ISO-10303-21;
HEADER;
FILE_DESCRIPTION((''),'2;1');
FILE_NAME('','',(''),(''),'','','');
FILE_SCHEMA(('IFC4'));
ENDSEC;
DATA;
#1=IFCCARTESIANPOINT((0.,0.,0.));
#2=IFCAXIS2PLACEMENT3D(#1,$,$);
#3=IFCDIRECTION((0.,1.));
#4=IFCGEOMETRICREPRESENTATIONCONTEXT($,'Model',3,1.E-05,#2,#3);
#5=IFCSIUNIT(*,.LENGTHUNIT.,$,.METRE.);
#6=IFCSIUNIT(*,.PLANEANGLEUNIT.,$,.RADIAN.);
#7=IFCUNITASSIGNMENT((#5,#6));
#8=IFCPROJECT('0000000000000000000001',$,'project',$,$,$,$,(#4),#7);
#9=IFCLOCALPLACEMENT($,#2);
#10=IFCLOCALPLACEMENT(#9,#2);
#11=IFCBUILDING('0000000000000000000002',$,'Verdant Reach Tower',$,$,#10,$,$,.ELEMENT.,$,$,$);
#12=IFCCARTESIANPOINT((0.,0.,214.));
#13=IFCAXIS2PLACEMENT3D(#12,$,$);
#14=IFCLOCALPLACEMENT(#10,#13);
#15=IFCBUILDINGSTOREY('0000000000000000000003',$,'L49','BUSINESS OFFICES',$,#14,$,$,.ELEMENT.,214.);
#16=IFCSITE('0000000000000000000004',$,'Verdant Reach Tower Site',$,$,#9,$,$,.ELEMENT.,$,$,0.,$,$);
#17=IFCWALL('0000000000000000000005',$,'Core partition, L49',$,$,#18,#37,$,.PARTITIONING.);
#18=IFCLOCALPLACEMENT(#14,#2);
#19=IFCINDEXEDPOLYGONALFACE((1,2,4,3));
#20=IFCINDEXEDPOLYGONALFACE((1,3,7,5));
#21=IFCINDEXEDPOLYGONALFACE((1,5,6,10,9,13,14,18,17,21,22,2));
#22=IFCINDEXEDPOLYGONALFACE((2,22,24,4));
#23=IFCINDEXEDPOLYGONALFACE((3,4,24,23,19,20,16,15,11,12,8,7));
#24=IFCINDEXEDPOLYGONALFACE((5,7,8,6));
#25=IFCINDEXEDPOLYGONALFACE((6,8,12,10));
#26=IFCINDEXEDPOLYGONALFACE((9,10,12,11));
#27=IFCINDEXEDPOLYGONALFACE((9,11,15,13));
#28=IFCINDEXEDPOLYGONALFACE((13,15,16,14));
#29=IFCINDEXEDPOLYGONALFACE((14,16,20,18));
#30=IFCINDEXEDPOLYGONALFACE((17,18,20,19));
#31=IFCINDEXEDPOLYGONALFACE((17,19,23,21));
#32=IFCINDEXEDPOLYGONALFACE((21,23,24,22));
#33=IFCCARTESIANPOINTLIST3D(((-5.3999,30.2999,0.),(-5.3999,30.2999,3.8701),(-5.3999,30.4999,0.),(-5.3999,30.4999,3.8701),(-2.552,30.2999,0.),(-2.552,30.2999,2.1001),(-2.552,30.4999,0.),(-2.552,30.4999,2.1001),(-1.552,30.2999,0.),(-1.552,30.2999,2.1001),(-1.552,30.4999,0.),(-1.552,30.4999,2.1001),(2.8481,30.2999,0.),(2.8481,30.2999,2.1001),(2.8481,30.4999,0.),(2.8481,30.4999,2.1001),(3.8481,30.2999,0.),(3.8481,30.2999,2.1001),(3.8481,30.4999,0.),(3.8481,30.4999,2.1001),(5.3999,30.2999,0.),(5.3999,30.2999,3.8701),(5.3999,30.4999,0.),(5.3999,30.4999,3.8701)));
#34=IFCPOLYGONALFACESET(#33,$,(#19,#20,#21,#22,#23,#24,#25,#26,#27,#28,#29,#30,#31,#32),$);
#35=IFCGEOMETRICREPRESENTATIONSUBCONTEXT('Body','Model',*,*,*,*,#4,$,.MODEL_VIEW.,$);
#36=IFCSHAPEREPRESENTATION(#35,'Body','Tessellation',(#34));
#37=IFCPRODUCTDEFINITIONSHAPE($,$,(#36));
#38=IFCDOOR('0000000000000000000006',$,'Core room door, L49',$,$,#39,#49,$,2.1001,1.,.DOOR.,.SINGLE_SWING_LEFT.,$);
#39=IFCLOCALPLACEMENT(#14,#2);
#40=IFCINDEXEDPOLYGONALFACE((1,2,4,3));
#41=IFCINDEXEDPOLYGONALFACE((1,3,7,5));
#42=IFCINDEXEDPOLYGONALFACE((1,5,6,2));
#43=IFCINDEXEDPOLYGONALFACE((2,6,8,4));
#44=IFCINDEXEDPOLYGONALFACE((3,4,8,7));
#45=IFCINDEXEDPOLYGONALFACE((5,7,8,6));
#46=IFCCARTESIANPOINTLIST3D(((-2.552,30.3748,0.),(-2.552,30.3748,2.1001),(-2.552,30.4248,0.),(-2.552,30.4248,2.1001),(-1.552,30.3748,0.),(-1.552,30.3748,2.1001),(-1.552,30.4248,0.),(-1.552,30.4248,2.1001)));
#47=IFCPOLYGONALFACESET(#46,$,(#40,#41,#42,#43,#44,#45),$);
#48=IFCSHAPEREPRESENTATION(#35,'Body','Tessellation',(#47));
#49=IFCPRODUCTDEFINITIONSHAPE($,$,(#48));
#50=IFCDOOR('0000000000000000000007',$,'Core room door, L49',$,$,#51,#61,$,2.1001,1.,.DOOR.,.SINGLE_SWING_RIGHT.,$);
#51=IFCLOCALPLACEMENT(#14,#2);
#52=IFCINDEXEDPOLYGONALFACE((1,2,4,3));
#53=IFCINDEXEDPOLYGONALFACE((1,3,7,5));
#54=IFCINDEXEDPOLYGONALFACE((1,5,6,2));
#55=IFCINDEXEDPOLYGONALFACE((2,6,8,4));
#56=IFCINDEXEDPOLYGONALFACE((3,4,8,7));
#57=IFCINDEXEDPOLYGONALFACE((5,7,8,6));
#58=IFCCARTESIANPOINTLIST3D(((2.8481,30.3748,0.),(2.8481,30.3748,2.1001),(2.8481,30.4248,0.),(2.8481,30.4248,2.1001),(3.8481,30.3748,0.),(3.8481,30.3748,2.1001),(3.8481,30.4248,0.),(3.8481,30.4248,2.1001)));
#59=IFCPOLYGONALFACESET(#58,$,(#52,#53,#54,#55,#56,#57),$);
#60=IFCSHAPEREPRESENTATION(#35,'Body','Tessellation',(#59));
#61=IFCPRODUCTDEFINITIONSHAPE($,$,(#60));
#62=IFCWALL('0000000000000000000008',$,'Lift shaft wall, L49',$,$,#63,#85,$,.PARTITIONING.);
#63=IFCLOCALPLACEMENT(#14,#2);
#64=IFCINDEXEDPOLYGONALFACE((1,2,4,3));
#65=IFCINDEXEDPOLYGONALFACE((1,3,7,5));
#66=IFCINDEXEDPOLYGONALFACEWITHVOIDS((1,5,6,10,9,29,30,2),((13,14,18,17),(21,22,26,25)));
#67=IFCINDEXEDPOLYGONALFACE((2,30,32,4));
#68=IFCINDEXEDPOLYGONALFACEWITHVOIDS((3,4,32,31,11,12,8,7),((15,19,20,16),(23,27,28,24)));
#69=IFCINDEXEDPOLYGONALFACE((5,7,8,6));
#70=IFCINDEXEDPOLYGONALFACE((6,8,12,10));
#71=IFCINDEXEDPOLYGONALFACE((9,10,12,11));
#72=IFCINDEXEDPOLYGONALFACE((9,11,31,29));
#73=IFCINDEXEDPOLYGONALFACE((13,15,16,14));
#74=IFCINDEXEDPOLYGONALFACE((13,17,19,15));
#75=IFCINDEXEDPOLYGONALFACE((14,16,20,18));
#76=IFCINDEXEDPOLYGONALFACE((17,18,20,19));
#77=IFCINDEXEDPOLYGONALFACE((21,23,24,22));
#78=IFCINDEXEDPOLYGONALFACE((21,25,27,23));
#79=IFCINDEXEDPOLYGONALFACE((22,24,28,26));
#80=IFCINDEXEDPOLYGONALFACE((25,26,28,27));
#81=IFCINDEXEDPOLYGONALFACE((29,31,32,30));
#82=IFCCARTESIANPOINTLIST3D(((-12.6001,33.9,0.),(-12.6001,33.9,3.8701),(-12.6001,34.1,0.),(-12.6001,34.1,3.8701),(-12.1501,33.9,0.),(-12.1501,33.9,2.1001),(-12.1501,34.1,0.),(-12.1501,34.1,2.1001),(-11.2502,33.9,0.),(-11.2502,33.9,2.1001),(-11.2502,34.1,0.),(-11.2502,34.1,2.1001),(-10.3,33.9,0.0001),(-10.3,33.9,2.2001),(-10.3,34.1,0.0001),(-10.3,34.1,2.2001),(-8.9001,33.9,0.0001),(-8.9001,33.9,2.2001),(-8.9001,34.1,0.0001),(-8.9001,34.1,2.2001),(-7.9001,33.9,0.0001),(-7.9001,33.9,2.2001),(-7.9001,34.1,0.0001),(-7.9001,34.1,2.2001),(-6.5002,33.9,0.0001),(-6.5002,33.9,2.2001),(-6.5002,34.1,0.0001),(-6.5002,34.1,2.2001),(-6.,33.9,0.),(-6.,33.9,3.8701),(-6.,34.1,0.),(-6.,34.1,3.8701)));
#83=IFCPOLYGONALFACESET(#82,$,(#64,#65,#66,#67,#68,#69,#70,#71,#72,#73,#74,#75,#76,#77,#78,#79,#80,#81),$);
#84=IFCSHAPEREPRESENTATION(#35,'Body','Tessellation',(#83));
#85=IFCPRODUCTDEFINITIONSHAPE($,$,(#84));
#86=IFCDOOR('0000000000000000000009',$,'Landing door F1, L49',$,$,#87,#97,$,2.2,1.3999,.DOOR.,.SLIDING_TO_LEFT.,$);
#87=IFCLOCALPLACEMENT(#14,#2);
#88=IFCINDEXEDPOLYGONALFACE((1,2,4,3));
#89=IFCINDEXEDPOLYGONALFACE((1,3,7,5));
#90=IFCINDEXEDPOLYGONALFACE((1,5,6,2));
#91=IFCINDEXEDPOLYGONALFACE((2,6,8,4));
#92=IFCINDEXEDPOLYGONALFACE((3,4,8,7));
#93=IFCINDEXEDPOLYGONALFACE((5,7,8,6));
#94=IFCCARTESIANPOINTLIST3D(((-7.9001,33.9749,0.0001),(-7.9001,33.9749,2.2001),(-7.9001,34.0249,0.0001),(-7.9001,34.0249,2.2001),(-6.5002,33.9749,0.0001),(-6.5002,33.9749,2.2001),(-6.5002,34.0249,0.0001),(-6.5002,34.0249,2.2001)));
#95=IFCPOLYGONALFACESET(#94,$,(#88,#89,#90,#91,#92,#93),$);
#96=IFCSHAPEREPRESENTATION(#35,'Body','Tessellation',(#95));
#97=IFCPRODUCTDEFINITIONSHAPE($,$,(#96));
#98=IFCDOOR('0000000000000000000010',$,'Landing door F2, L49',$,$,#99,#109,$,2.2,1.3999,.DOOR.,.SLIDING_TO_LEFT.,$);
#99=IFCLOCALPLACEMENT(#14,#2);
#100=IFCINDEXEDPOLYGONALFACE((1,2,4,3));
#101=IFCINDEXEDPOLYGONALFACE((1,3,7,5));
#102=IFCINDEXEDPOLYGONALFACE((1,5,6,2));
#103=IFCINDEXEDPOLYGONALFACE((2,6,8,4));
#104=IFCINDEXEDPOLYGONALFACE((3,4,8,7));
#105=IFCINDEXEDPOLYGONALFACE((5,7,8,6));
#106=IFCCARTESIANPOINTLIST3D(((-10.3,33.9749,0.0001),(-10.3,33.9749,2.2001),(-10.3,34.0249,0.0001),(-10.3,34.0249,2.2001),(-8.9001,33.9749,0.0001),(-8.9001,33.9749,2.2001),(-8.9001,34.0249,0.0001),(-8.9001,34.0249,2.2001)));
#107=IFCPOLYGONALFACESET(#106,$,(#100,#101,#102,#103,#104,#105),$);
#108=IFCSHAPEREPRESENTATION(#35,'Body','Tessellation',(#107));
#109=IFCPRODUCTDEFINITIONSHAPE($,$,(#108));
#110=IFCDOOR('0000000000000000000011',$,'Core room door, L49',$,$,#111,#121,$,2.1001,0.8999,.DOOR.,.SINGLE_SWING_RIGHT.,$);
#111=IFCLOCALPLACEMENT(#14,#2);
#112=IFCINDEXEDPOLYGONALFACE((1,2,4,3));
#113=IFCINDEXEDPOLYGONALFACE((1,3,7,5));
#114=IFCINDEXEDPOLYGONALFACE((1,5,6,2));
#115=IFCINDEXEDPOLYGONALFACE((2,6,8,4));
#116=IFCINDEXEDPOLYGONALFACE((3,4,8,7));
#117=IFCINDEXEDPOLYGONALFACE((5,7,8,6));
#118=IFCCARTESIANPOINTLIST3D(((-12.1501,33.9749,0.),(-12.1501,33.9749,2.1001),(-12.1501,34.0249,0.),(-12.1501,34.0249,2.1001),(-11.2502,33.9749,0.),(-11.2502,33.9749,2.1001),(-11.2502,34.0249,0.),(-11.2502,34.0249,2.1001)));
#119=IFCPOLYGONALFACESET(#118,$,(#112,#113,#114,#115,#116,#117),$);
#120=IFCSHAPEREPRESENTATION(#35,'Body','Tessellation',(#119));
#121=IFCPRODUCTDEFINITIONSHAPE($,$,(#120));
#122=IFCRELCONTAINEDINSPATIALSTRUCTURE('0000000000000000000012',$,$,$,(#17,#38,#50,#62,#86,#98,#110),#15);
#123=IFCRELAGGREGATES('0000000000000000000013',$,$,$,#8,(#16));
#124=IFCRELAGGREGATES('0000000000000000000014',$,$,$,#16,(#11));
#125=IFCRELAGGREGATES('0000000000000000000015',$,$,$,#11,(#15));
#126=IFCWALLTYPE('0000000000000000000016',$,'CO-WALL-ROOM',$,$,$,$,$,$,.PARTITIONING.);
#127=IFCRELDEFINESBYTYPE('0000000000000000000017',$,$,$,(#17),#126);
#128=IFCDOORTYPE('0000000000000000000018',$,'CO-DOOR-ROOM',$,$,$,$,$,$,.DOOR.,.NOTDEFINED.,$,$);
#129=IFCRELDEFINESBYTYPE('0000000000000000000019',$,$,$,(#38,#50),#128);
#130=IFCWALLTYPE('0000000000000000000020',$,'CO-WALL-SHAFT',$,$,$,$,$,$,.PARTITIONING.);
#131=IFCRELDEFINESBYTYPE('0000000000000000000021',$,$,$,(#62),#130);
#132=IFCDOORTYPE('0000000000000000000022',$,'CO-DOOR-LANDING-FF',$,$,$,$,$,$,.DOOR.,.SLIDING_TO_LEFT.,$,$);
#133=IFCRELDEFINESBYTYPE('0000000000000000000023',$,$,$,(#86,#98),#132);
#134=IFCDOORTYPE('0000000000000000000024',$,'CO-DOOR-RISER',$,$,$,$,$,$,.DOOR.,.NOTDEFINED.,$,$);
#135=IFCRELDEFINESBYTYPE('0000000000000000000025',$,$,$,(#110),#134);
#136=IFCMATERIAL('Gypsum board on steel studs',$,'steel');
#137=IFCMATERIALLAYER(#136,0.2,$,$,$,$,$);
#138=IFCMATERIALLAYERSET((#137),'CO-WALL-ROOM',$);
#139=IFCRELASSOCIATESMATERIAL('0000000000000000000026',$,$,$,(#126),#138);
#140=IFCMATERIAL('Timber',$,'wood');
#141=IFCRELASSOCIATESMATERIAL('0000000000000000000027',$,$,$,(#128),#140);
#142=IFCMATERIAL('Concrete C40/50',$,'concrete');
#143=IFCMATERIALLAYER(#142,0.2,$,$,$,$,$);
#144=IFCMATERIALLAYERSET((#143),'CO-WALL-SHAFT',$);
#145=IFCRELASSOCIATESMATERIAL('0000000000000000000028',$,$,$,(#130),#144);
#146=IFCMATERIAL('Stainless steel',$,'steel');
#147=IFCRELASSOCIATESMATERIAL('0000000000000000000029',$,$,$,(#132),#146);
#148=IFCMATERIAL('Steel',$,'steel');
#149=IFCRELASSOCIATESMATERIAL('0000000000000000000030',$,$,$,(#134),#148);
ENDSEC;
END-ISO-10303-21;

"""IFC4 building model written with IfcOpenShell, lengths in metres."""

from ifc_helpers import new_model, si_unit, direction, frame, frame_2d, origin, place, context, subcontext, project, spatial, rectangle, extrude, material, layer, layer_set, type_object, element, fill, save


model = new_model("IFC4")

# Units and contexts
model_context = context("Model", 3, precision=1e-05, world=origin(), true_north=direction((0.0, 1.0)))
body_context = subcontext(model_context, "Body", "Model", "MODEL_VIEW")
ifc_project = project(units=[si_unit("LENGTHUNIT", "METRE"), si_unit("PLANEANGLEUNIT", "RADIAN")], contexts=[model_context])

# Site, building, storey
site_placement = place(None, origin())
site = spatial("IfcSite", under=ifc_project, at=site_placement, Name="Verdant Reach Tower Site", CompositionType="ELEMENT", RefElevation=0.0)
building_placement = place(site_placement, origin())
building = spatial("IfcBuilding", under=site, at=building_placement, Name="Verdant Reach Tower", CompositionType="ELEMENT")
storey_placement = place(building_placement, frame((0.0, 0.0, 214.0)))
storey = spatial("IfcBuildingStorey", under=building, at=storey_placement, Name="L49", Description="BUSINESS OFFICES", CompositionType="ELEMENT", Elevation=214.0)

# Walls, openings, doors
ifc_material_1 = material(Name="Gypsum board on steel studs", Category="steel")
ifc_layer_1 = layer(ifc_material_1, 0.2)
ifc_layer_set_1 = layer_set([ifc_layer_1], Name="CO-WALL-ROOM")
wall_type_1 = type_object("IfcWallType", Name="CO-WALL-ROOM", PredefinedType="PARTITIONING", material=ifc_layer_set_1)
wall_1_placement = place(storey_placement, frame((-5.3999, 30.3999, 0.0), z_axis=(0.0, 0.0, 1.0), x_axis=(1.0, 0.0, 0.0)))
wall_1 = element("IfcWall", 1, at=wall_1_placement, inside=storey, type_object=wall_type_1, Name="Core partition, L49", PredefinedType="PARTITIONING", context=body_context, shape_type="SweptSolid", body=[
    extrude(rectangle(XDim=10.7998, YDim=0.2, at=frame_2d((5.3999, 0.0))), origin(), (0.0, 0.0, 1.0), 3.8701),
])
opening_1_placement = place(wall_1_placement, frame((2.8479, 0.0, 0.0)))
opening_1 = element("IfcOpeningElement", 2, at=opening_1_placement, cuts=wall_1, PredefinedType="OPENING", context=body_context, shape_type="SweptSolid", body=[
    extrude(rectangle(XDim=1.0, YDim=2.1001, at=frame_2d((0.5, 1.05))), frame((0.0, 0.1099, 0.0), z_axis=(0.0, -1.0, 0.0), x_axis=(1.0, 0.0, 0.0)), (0.0, 0.0, 1.0), 0.22),
])
opening_2_placement = place(wall_1_placement, frame((8.248, 0.0, 0.0)))
opening_2 = element("IfcOpeningElement", 3, at=opening_2_placement, cuts=wall_1, PredefinedType="OPENING", context=body_context, shape_type="SweptSolid", body=[
    extrude(rectangle(XDim=1.0, YDim=2.1001, at=frame_2d((0.5, 1.05))), frame((0.0, 0.1099, 0.0), z_axis=(0.0, -1.0, 0.0), x_axis=(1.0, 0.0, 0.0)), (0.0, 0.0, 1.0), 0.22),
])
ifc_material_2 = material(Name="Timber", Category="wood")
door_type_1 = type_object("IfcDoorType", Name="CO-DOOR-ROOM", OperationType="NOTDEFINED", PredefinedType="DOOR", material=ifc_material_2)
door_1_placement = place(opening_1_placement, origin())
door_1 = element("IfcDoor", 4, at=door_1_placement, inside=storey, type_object=door_type_1, Name="Core room door, L49", OperationType="SINGLE_SWING_LEFT", OverallHeight=2.1001, OverallWidth=1.0, PredefinedType="DOOR", context=body_context, shape_type="SweptSolid", body=[
    extrude(rectangle(XDim=1.0, YDim=2.1001, at=frame_2d((0.5, 1.05))), frame((0.0, 0.0249, 0.0), z_axis=(0.0, -1.0, 0.0), x_axis=(1.0, 0.0, 0.0)), (0.0, 0.0, 1.0), 0.05),
])
fill(opening_1, door_1)
door_2_placement = place(opening_2_placement, origin())
door_2 = element("IfcDoor", 5, at=door_2_placement, inside=storey, type_object=door_type_1, Name="Core room door, L49", OperationType="SINGLE_SWING_RIGHT", OverallHeight=2.1001, OverallWidth=1.0, PredefinedType="DOOR", context=body_context, shape_type="SweptSolid", body=[
    extrude(rectangle(XDim=1.0, YDim=2.1001, at=frame_2d((0.5, 1.05))), frame((0.0, 0.0249, 0.0), z_axis=(0.0, -1.0, 0.0), x_axis=(1.0, 0.0, 0.0)), (0.0, 0.0, 1.0), 0.05),
])
fill(opening_2, door_2)
ifc_material_3 = material(Name="Concrete C40/50", Category="concrete")
ifc_layer_2 = layer(ifc_material_3, 0.2)
ifc_layer_set_2 = layer_set([ifc_layer_2], Name="CO-WALL-SHAFT")
wall_type_2 = type_object("IfcWallType", Name="CO-WALL-SHAFT", PredefinedType="PARTITIONING", material=ifc_layer_set_2)
wall_2_placement = place(storey_placement, frame((-12.6001, 34.0, 0.0), z_axis=(0.0, 0.0, 1.0), x_axis=(1.0, 0.0, 0.0)))
wall_2 = element("IfcWall", 6, at=wall_2_placement, inside=storey, type_object=wall_type_2, Name="Lift shaft wall, L49", PredefinedType="PARTITIONING", context=body_context, shape_type="SweptSolid", body=[
    extrude(rectangle(XDim=6.6001, YDim=0.2, at=frame_2d((3.3, 0.0))), origin(), (0.0, 0.0, 1.0), 3.8701),
])
opening_3_placement = place(wall_2_placement, frame((4.7, 0.0, 0.0)))
opening_3 = element("IfcOpeningElement", 7, at=opening_3_placement, cuts=wall_2, PredefinedType="OPENING", context=body_context, shape_type="SweptSolid", body=[
    extrude(rectangle(XDim=1.3999, YDim=2.2, at=frame_2d((0.7, 1.1001))), frame((0.0, 0.1099, 0.0), z_axis=(0.0, -1.0, 0.0), x_axis=(1.0, 0.0, 0.0)), (0.0, 0.0, 1.0), 0.22),
])
opening_4_placement = place(wall_2_placement, frame((2.3, 0.0, 0.0)))
opening_4 = element("IfcOpeningElement", 8, at=opening_4_placement, cuts=wall_2, PredefinedType="OPENING", context=body_context, shape_type="SweptSolid", body=[
    extrude(rectangle(XDim=1.3999, YDim=2.2, at=frame_2d((0.7, 1.1001))), frame((0.0, 0.1099, 0.0), z_axis=(0.0, -1.0, 0.0), x_axis=(1.0, 0.0, 0.0)), (0.0, 0.0, 1.0), 0.22),
])
opening_5_placement = place(wall_2_placement, frame((0.45, 0.0, 0.0)))
opening_5 = element("IfcOpeningElement", 9, at=opening_5_placement, cuts=wall_2, PredefinedType="OPENING", context=body_context, shape_type="SweptSolid", body=[
    extrude(rectangle(XDim=0.8999, YDim=2.1001, at=frame_2d((0.45, 1.05))), frame((0.0, 0.1099, 0.0), z_axis=(0.0, -1.0, 0.0), x_axis=(1.0, 0.0, 0.0)), (0.0, 0.0, 1.0), 0.22),
])
ifc_material_4 = material(Name="Stainless steel", Category="steel")
door_type_2 = type_object("IfcDoorType", Name="CO-DOOR-LANDING-FF", OperationType="SLIDING_TO_LEFT", PredefinedType="DOOR", material=ifc_material_4)
door_3_placement = place(opening_3_placement, origin())
door_3 = element("IfcDoor", 10, at=door_3_placement, inside=storey, type_object=door_type_2, Name="Landing door F1, L49", OperationType="SLIDING_TO_LEFT", OverallHeight=2.2, OverallWidth=1.3999, PredefinedType="DOOR", context=body_context, shape_type="SweptSolid", body=[
    extrude(rectangle(XDim=1.3999, YDim=2.2, at=frame_2d((0.7, 1.1001))), frame((0.0, 0.0249, 0.0), z_axis=(0.0, -1.0, 0.0), x_axis=(1.0, 0.0, 0.0)), (0.0, 0.0, 1.0), 0.05),
])
fill(opening_3, door_3)
door_4_placement = place(opening_4_placement, origin())
door_4 = element("IfcDoor", 11, at=door_4_placement, inside=storey, type_object=door_type_2, Name="Landing door F2, L49", OperationType="SLIDING_TO_LEFT", OverallHeight=2.2, OverallWidth=1.3999, PredefinedType="DOOR", context=body_context, shape_type="SweptSolid", body=[
    extrude(rectangle(XDim=1.3999, YDim=2.2, at=frame_2d((0.7, 1.1001))), frame((0.0, 0.0249, 0.0), z_axis=(0.0, -1.0, 0.0), x_axis=(1.0, 0.0, 0.0)), (0.0, 0.0, 1.0), 0.05),
])
fill(opening_4, door_4)
ifc_material_5 = material(Name="Steel", Category="steel")
door_type_3 = type_object("IfcDoorType", Name="CO-DOOR-RISER", OperationType="NOTDEFINED", PredefinedType="DOOR", material=ifc_material_5)
door_5_placement = place(opening_5_placement, origin())
door_5 = element("IfcDoor", 12, at=door_5_placement, inside=storey, type_object=door_type_3, Name="Core room door, L49", OperationType="SINGLE_SWING_RIGHT", OverallHeight=2.1001, OverallWidth=0.8999, PredefinedType="DOOR", context=body_context, shape_type="SweptSolid", body=[
    extrude(rectangle(XDim=0.8999, YDim=2.1001, at=frame_2d((0.45, 1.05))), frame((0.0, 0.0249, 0.0), z_axis=(0.0, -1.0, 0.0), x_axis=(1.0, 0.0, 0.0)), (0.0, 0.0, 1.0), 0.05),
])
fill(opening_5, door_5)

save(model, "model.ifc")
